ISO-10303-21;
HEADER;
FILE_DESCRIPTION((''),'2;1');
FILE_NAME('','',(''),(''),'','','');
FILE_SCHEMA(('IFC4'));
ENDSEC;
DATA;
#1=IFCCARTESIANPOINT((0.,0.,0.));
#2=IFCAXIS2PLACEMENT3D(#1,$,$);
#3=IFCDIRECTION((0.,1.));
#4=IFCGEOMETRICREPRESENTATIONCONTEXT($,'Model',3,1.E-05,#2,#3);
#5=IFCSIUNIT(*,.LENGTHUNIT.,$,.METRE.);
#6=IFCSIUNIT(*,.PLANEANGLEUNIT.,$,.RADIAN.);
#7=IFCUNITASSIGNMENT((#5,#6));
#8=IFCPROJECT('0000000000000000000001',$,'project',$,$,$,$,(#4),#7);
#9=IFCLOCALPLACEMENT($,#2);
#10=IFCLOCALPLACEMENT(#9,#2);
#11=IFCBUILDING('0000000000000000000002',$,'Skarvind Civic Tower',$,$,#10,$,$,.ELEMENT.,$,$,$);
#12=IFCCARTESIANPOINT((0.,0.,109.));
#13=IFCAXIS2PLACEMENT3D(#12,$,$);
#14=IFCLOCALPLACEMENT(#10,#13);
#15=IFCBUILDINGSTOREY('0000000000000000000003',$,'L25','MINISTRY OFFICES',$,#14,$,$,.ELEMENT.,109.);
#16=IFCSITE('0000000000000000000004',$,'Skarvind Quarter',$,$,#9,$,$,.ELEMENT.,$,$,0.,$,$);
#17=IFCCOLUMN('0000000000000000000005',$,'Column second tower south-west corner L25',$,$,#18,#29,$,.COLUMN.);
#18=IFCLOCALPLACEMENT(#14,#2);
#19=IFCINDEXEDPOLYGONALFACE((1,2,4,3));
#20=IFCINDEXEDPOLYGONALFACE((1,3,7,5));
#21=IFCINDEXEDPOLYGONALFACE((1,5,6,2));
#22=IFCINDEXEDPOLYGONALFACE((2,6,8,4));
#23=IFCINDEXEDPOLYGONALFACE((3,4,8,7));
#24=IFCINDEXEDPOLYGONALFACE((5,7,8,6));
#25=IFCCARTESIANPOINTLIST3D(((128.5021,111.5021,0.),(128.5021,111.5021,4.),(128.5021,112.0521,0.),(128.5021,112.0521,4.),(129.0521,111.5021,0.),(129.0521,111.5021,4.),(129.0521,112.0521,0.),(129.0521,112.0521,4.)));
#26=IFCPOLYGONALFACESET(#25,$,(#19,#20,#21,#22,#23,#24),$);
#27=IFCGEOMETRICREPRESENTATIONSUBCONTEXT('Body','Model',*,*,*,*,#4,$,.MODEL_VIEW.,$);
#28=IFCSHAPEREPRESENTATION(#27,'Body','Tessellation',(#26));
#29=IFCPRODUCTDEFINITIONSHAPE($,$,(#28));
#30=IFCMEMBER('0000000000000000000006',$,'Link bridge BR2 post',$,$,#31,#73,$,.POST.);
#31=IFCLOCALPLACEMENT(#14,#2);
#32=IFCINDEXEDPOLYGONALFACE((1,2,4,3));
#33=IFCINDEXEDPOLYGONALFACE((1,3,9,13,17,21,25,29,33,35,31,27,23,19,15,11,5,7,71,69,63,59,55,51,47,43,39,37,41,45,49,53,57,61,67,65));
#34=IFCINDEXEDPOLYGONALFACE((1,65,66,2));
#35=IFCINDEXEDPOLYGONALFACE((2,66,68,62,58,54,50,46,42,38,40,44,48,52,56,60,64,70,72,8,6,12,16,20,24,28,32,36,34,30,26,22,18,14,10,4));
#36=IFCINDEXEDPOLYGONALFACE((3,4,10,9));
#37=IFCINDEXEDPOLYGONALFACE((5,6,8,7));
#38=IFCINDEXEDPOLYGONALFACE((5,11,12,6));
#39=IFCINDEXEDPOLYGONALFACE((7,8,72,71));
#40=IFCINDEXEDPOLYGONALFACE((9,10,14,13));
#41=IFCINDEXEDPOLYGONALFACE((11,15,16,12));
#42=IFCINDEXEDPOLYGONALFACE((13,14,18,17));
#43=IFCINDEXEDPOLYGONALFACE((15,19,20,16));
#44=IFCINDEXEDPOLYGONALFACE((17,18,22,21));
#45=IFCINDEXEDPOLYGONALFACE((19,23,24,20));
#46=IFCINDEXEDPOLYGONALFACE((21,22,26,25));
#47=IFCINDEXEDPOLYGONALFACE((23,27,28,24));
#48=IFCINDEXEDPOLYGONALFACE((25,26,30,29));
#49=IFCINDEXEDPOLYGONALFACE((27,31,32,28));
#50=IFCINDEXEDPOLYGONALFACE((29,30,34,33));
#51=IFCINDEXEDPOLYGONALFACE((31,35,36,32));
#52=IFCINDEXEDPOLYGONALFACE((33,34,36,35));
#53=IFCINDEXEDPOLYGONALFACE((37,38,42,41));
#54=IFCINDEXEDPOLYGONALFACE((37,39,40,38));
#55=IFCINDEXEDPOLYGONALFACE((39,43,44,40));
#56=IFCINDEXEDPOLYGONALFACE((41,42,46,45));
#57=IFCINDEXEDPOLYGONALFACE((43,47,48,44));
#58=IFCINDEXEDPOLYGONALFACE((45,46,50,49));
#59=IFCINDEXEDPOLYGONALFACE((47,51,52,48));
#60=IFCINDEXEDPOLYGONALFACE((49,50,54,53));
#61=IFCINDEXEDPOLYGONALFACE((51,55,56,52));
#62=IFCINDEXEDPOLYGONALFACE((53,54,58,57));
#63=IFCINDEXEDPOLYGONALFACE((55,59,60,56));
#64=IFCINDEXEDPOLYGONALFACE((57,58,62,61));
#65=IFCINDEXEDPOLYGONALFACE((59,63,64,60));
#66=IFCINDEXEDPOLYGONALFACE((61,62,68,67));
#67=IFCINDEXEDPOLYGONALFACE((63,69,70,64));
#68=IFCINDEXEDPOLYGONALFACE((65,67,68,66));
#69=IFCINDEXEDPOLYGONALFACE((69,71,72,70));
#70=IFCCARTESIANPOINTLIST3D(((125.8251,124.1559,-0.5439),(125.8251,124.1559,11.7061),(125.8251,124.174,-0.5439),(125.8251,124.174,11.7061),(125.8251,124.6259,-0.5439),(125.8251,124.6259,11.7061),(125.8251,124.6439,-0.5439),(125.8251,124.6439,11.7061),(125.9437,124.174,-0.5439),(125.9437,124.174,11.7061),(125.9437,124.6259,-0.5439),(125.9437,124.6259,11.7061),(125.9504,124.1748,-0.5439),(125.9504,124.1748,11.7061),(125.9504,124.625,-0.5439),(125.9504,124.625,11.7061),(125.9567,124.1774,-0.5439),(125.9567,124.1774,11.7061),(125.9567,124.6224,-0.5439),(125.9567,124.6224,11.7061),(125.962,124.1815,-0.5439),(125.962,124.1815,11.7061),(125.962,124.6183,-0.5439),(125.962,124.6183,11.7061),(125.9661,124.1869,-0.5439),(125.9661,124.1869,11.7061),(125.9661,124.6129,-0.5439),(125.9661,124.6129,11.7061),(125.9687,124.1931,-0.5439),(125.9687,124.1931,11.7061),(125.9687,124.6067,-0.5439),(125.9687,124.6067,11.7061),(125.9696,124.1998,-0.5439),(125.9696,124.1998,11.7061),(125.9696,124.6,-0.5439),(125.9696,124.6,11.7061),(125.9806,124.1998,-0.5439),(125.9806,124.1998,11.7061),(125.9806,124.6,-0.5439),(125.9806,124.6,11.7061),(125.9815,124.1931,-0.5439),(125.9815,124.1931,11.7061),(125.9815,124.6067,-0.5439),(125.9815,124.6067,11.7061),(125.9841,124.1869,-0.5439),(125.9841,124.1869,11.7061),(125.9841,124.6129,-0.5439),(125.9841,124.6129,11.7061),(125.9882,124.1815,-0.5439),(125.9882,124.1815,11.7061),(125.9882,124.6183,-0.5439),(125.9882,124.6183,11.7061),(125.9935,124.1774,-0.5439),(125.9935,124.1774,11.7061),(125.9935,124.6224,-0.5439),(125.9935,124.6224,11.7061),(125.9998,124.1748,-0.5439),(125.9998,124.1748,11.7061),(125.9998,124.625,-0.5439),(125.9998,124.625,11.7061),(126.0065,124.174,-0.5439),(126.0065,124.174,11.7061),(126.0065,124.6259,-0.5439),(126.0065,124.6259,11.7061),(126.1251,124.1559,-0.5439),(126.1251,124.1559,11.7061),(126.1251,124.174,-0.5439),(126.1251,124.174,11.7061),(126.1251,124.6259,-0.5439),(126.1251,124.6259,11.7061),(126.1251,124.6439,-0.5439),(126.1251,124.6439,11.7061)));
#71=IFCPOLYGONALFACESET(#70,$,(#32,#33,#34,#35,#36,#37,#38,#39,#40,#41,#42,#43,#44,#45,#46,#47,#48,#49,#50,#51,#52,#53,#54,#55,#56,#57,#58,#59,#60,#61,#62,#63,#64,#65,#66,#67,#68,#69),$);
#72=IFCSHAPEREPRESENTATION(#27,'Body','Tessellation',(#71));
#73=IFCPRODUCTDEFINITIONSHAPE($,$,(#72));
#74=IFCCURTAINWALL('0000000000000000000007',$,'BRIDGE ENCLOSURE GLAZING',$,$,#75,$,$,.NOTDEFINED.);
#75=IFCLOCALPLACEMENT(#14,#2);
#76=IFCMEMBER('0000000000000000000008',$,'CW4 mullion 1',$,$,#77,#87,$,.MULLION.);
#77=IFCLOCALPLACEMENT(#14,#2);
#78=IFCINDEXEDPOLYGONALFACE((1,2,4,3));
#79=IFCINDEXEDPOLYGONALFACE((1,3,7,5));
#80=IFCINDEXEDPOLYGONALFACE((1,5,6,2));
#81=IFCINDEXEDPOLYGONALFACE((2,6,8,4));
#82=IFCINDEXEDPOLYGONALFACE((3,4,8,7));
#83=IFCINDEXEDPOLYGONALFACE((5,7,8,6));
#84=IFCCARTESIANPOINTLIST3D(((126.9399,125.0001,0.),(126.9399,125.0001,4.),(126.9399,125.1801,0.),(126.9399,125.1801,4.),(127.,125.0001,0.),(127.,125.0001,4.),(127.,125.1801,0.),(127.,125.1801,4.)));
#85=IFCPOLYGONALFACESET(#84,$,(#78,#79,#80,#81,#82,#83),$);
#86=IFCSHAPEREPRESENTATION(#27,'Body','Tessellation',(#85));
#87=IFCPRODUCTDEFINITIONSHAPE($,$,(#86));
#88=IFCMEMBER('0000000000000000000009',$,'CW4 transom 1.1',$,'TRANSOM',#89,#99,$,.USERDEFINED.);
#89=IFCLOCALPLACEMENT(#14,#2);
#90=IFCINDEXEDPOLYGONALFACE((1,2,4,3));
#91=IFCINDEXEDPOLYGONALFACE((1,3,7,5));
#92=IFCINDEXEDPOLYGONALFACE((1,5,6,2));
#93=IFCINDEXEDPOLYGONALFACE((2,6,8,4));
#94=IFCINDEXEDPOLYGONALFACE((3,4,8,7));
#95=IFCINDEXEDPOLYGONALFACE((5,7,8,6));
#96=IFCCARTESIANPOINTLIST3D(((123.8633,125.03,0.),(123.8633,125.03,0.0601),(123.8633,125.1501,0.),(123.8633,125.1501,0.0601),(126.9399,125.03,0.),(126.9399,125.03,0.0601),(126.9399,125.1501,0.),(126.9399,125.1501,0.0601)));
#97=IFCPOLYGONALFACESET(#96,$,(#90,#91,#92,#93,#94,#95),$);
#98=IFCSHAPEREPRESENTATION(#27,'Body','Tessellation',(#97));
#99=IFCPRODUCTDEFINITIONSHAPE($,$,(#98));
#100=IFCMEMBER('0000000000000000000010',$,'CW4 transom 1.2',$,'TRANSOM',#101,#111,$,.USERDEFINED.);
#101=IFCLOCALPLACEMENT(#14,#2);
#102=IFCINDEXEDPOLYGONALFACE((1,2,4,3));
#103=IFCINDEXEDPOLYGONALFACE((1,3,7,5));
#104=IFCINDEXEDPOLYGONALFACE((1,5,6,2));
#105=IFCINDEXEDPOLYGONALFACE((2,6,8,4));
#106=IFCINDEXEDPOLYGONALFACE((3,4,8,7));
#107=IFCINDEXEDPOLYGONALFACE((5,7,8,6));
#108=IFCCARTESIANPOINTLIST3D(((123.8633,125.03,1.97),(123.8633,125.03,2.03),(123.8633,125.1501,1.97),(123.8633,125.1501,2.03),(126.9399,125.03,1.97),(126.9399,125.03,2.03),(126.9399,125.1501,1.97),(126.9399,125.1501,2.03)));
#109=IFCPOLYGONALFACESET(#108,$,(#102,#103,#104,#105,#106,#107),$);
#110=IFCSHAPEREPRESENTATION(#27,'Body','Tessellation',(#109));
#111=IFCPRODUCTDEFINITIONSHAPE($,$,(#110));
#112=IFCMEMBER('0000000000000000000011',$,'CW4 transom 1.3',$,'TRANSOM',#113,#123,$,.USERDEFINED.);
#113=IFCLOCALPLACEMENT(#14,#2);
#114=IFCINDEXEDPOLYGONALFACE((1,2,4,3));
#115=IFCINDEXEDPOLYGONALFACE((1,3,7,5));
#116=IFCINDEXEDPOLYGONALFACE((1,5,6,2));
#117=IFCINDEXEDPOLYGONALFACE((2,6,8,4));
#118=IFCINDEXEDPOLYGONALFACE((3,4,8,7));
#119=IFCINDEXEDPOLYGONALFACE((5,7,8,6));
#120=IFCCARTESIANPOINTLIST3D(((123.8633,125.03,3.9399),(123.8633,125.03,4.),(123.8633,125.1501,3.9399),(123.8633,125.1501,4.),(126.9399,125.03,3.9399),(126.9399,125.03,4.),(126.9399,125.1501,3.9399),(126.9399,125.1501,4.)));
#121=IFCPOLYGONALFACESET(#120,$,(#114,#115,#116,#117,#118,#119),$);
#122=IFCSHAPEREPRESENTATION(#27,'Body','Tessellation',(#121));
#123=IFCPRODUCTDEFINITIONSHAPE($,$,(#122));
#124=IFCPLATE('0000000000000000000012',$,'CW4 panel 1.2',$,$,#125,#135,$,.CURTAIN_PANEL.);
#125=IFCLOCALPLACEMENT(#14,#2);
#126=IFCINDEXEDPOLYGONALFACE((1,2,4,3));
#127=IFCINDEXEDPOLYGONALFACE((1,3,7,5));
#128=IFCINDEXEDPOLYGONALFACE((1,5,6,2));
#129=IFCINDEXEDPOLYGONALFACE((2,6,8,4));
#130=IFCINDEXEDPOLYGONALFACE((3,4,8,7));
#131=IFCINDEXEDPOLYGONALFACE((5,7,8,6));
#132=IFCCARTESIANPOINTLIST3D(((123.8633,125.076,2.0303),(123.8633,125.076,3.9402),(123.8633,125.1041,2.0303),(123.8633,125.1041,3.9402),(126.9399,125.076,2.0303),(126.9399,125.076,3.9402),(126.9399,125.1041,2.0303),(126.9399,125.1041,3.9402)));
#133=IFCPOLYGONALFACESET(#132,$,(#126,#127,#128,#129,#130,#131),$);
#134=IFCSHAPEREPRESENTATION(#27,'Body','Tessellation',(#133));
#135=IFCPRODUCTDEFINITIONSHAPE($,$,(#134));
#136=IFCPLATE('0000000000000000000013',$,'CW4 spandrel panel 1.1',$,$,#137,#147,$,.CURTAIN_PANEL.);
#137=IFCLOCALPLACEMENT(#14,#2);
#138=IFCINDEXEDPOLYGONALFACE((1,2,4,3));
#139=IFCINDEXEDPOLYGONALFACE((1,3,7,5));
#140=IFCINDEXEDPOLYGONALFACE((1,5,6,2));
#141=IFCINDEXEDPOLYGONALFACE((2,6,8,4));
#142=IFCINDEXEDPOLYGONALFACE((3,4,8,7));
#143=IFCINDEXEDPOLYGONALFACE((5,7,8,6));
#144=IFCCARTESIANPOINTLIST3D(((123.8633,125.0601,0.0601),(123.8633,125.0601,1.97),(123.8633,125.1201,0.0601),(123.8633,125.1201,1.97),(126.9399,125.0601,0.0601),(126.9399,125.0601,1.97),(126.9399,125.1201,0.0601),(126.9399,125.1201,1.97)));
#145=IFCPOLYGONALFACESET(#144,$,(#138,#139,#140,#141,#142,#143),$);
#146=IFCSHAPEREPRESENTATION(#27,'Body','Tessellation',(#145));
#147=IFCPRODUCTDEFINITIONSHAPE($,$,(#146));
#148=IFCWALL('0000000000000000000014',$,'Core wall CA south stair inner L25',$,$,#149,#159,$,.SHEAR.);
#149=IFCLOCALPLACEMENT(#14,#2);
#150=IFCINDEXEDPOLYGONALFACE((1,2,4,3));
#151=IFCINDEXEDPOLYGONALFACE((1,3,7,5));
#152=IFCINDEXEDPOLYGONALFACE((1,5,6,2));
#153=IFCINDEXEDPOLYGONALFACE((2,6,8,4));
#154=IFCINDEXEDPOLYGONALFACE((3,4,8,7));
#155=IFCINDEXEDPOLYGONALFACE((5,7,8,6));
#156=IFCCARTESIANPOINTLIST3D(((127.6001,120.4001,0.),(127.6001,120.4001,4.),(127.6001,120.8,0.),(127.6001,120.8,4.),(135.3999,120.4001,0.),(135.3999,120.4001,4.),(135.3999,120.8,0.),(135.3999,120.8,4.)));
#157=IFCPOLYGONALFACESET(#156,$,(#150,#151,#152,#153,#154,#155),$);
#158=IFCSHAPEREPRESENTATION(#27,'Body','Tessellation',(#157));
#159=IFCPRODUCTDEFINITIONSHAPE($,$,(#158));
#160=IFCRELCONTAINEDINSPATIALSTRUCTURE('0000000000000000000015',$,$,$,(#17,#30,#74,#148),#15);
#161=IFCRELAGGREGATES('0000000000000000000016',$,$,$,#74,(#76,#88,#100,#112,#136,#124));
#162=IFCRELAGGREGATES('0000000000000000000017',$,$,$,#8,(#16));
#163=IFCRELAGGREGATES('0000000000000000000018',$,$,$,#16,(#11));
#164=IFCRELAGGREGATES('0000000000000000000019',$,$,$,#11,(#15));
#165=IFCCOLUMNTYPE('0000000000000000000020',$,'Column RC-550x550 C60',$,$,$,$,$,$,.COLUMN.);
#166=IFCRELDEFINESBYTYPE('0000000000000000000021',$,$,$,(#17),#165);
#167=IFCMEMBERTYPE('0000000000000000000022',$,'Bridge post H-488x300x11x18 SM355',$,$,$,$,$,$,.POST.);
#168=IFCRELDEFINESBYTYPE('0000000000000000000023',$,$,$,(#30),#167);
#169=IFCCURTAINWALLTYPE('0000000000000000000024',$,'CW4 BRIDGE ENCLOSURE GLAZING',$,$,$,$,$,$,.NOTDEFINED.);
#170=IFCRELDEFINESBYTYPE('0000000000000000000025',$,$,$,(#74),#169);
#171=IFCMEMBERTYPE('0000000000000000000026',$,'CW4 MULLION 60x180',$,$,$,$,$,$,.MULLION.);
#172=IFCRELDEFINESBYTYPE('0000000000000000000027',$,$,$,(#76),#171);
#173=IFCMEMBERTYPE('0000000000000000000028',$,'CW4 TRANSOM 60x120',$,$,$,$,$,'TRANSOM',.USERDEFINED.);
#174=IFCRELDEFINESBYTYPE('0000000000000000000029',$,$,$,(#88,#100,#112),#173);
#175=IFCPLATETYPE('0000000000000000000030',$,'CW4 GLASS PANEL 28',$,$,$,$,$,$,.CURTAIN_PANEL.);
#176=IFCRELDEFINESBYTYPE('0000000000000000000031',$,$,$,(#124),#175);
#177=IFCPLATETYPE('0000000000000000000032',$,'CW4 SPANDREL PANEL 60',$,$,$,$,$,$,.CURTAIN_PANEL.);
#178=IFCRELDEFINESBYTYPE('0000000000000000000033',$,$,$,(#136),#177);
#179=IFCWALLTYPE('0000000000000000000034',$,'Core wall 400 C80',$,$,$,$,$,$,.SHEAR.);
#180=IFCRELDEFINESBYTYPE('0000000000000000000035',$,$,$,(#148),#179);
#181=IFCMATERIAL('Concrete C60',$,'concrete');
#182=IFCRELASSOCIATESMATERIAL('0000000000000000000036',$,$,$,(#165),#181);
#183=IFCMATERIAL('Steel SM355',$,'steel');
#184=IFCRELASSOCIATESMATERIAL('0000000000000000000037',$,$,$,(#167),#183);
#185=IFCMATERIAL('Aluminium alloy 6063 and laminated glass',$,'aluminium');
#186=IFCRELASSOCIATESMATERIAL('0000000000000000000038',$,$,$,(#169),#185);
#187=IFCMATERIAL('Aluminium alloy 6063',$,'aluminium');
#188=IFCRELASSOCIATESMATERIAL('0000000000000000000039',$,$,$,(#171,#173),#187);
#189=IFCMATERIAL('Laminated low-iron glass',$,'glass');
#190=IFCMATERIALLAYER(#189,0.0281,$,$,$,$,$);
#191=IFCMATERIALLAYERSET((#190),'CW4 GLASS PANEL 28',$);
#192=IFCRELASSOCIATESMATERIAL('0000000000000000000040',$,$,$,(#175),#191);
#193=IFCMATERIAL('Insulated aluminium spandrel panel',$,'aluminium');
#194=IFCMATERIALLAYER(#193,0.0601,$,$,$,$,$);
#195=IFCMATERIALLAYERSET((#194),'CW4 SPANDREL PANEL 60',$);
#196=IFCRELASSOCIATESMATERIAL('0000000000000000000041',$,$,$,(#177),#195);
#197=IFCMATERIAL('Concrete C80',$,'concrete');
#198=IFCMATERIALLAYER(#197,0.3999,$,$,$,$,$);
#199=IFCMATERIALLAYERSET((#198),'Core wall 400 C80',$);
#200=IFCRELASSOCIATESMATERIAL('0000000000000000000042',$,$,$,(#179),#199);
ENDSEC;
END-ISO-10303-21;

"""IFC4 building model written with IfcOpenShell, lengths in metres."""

from ifc_helpers import new_model, si_unit, direction, frame, frame_2d, origin, origin_2d, place, context, subcontext, project, spatial, rectangle, i_section, extrude, material, layer, layer_set, material_profile, profile_set, type_object, element, aggregate, save


model = new_model("IFC4")

# Units and contexts
model_context = context("Model", 3, precision=1e-05, world=origin(), true_north=direction((0.0, 1.0)))
body_context = subcontext(model_context, "Body", "Model", "MODEL_VIEW")
ifc_project = project(units=[si_unit("LENGTHUNIT", "METRE"), si_unit("PLANEANGLEUNIT", "RADIAN")], contexts=[model_context])

# Site, building, storey
site_placement = place(None, origin())
site = spatial("IfcSite", under=ifc_project, at=site_placement, Name="Skarvind Quarter", CompositionType="ELEMENT", RefElevation=0.0)
building_placement = place(site_placement, origin())
building = spatial("IfcBuilding", under=site, at=building_placement, Name="Skarvind Civic Tower", CompositionType="ELEMENT")
storey_placement = place(building_placement, frame((0.0, 0.0, 109.0)))
storey = spatial("IfcBuildingStorey", under=building, at=storey_placement, Name="L25", Description="MINISTRY OFFICES", CompositionType="ELEMENT", Elevation=109.0)

# Column
ifc_material_1 = material(Name="Concrete C60", Category="concrete")
ifc_material_profile_1 = material_profile(ifc_material_1, rectangle(XDim=0.55, YDim=0.55, at=origin_2d()), Name="RC-550x550")
ifc_profile_set_1 = profile_set([ifc_material_profile_1], Name="Concrete C60")
column_type = type_object("IfcColumnType", Name="Column RC-550x550 C60", PredefinedType="COLUMN", material=ifc_profile_set_1)
column_placement = place(storey_placement, frame((128.7771, 111.7771, 0.0), z_axis=(0.0, 0.0, 1.0), x_axis=(1.0, 0.0, 0.0)))
element("IfcColumn", 1, at=column_placement, inside=storey, type_object=column_type, Name="Column second tower south-west corner L25", PredefinedType="COLUMN", context=body_context, shape_type="SweptSolid", body=[
    extrude(rectangle(XDim=0.55, YDim=0.55, at=origin_2d()), origin(), (0.0, 0.0, 1.0), 4.0),
])

# Member
ifc_material_2 = material(Name="Steel SM355", Category="steel")
ifc_material_profile_2 = material_profile(ifc_material_2, i_section(OverallWidth=0.3, OverallDepth=0.488, WebThickness=0.011, FlangeThickness=0.0181, FilletRadius=0.0259, at=origin_2d()), Name="H-488x300x11x18")
ifc_profile_set_2 = profile_set([ifc_material_profile_2], Name="Steel SM355")
member_type_1 = type_object("IfcMemberType", Name="Bridge post H-488x300x11x18 SM355", PredefinedType="POST", material=ifc_profile_set_2)
member_1_placement = place(storey_placement, frame((125.9751, 124.3999, -0.5439), z_axis=(0.0, 0.0, 1.0), x_axis=(1.0, 0.0, 0.0)))
element("IfcMember", 2, at=member_1_placement, inside=storey, type_object=member_type_1, Name="Link bridge BR2 post", PredefinedType="POST", context=body_context, shape_type="SweptSolid", body=[
    extrude(i_section(OverallWidth=0.3, OverallDepth=0.488, WebThickness=0.011, FlangeThickness=0.0181, FilletRadius=0.0259, at=origin_2d()), origin(), (0.0, 0.0, 1.0), 12.25),
])

# Curtain wall, members, plates
ifc_material_3 = material(Name="Aluminium alloy 6063 and laminated glass", Category="aluminium")
curtain_wall_type = type_object("IfcCurtainWallType", Name="CW4 BRIDGE ENCLOSURE GLAZING", PredefinedType="NOTDEFINED", material=ifc_material_3)
curtain_wall_placement = place(storey_placement, origin())
curtain_wall = element("IfcCurtainWall", 3, at=curtain_wall_placement, inside=storey, type_object=curtain_wall_type, Name="BRIDGE ENCLOSURE GLAZING", PredefinedType="NOTDEFINED")
ifc_material_4 = material(Name="Aluminium alloy 6063", Category="aluminium")
ifc_material_profile_3 = material_profile(ifc_material_4, rectangle(XDim=0.1799, YDim=0.0601, at=origin_2d()), Name="AL 60x180")
ifc_profile_set_3 = profile_set([ifc_material_profile_3], Name="Aluminium alloy 6063")
member_type_2 = type_object("IfcMemberType", Name="CW4 MULLION 60x180", PredefinedType="MULLION", material=ifc_profile_set_3)
member_2_placement = place(storey_placement, frame((126.97, 125.0901, 0.0), z_axis=(0.0, 0.0, 1.0), x_axis=(0.0, -1.0, 0.0)))
member_2 = element("IfcMember", 4, at=member_2_placement, type_object=member_type_2, Name="CW4 mullion 1", PredefinedType="MULLION", context=body_context, shape_type="SweptSolid", body=[
    extrude(rectangle(XDim=0.1799, YDim=0.0601, at=origin_2d()), origin(), (0.0, 0.0, 1.0), 4.0),
])
ifc_material_profile_4 = material_profile(ifc_material_4, rectangle(XDim=0.1201, YDim=0.0601, at=origin_2d()), Name="AL 60x120")
ifc_profile_set_4 = profile_set([ifc_material_profile_4], Name="Aluminium alloy 6063")
member_type_3 = type_object("IfcMemberType", Name="CW4 TRANSOM 60x120", ElementType="TRANSOM", PredefinedType="USERDEFINED", material=ifc_profile_set_4)
member_3_placement = place(storey_placement, frame((126.9399, 125.0901, 0.03), z_axis=(-1.0, 0.0, 0.0), x_axis=(0.0, -1.0, 0.0)))
member_3 = element("IfcMember", 5, at=member_3_placement, type_object=member_type_3, Name="CW4 transom 1.1", ObjectType="TRANSOM", PredefinedType="USERDEFINED", context=body_context, shape_type="SweptSolid", body=[
    extrude(rectangle(XDim=0.1201, YDim=0.0601, at=origin_2d()), origin(), (0.0, 0.0, 1.0), 3.0767),
])
member_4_placement = place(storey_placement, frame((126.9399, 125.0901, 2.0), z_axis=(-1.0, 0.0, 0.0), x_axis=(0.0, -1.0, 0.0)))
member_4 = element("IfcMember", 6, at=member_4_placement, type_object=member_type_3, Name="CW4 transom 1.2", ObjectType="TRANSOM", PredefinedType="USERDEFINED", context=body_context, shape_type="SweptSolid", body=[
    extrude(rectangle(XDim=0.1201, YDim=0.0601, at=origin_2d()), origin(), (0.0, 0.0, 1.0), 3.0767),
])
member_5_placement = place(storey_placement, frame((126.9399, 125.0901, 3.97), z_axis=(-1.0, 0.0, 0.0), x_axis=(0.0, -1.0, 0.0)))
member_5 = element("IfcMember", 7, at=member_5_placement, type_object=member_type_3, Name="CW4 transom 1.3", ObjectType="TRANSOM", PredefinedType="USERDEFINED", context=body_context, shape_type="SweptSolid", body=[
    extrude(rectangle(XDim=0.1201, YDim=0.0601, at=origin_2d()), origin(), (0.0, 0.0, 1.0), 3.0767),
])
ifc_material_5 = material(Name="Laminated low-iron glass", Category="glass")
ifc_layer_1 = layer(ifc_material_5, 0.0281)
ifc_layer_set_1 = layer_set([ifc_layer_1], Name="CW4 GLASS PANEL 28")
plate_type_1 = type_object("IfcPlateType", Name="CW4 GLASS PANEL 28", PredefinedType="CURTAIN_PANEL", material=ifc_layer_set_1)
plate_1_placement = place(storey_placement, frame((125.4016, 125.0901, 2.0303), z_axis=(0.0, 0.0, 1.0), x_axis=(-1.0, 0.0, 0.0)))
plate_1 = element("IfcPlate", 8, at=plate_1_placement, type_object=plate_type_1, Name="CW4 panel 1.2", PredefinedType="CURTAIN_PANEL", context=body_context, shape_type="SweptSolid", body=[
    extrude(rectangle(XDim=3.0767, YDim=0.0281, at=origin_2d()), origin(), (0.0, 0.0, 1.0), 1.9099),
])
ifc_material_6 = material(Name="Insulated aluminium spandrel panel", Category="aluminium")
ifc_layer_2 = layer(ifc_material_6, 0.0601)
ifc_layer_set_2 = layer_set([ifc_layer_2], Name="CW4 SPANDREL PANEL 60")
plate_type_2 = type_object("IfcPlateType", Name="CW4 SPANDREL PANEL 60", PredefinedType="CURTAIN_PANEL", material=ifc_layer_set_2)
plate_2_placement = place(storey_placement, frame((125.4016, 125.0901, 0.0601), z_axis=(0.0, 0.0, 1.0), x_axis=(-1.0, 0.0, 0.0)))
plate_2 = element("IfcPlate", 9, at=plate_2_placement, type_object=plate_type_2, Name="CW4 spandrel panel 1.1", PredefinedType="CURTAIN_PANEL", context=body_context, shape_type="SweptSolid", body=[
    extrude(rectangle(XDim=3.0767, YDim=0.0601, at=origin_2d()), origin(), (0.0, 0.0, 1.0), 1.9099),
])
aggregate(curtain_wall, [member_2, member_3, member_4, member_5, plate_2, plate_1])

# Wall
ifc_material_7 = material(Name="Concrete C80", Category="concrete")
ifc_layer_3 = layer(ifc_material_7, 0.3999)
ifc_layer_set_3 = layer_set([ifc_layer_3], Name="Core wall 400 C80")
wall_type_1 = type_object("IfcWallType", Name="Core wall 400 C80", PredefinedType="SHEAR", material=ifc_layer_set_3)
wall_1_placement = place(storey_placement, frame((127.6001, 120.6001, 0.0), z_axis=(0.0, 0.0, 1.0), x_axis=(1.0, 0.0, 0.0)))
element("IfcWall", 10, at=wall_1_placement, inside=storey, type_object=wall_type_1, Name="Core wall CA south stair inner L25", PredefinedType="SHEAR", context=body_context, shape_type="SweptSolid", body=[
    extrude(rectangle(XDim=7.7998, YDim=0.3999, at=frame_2d((3.8999, 0.0))), origin(), (0.0, 0.0, 1.0), 4.0),
])

save(model, "model.ifc")
